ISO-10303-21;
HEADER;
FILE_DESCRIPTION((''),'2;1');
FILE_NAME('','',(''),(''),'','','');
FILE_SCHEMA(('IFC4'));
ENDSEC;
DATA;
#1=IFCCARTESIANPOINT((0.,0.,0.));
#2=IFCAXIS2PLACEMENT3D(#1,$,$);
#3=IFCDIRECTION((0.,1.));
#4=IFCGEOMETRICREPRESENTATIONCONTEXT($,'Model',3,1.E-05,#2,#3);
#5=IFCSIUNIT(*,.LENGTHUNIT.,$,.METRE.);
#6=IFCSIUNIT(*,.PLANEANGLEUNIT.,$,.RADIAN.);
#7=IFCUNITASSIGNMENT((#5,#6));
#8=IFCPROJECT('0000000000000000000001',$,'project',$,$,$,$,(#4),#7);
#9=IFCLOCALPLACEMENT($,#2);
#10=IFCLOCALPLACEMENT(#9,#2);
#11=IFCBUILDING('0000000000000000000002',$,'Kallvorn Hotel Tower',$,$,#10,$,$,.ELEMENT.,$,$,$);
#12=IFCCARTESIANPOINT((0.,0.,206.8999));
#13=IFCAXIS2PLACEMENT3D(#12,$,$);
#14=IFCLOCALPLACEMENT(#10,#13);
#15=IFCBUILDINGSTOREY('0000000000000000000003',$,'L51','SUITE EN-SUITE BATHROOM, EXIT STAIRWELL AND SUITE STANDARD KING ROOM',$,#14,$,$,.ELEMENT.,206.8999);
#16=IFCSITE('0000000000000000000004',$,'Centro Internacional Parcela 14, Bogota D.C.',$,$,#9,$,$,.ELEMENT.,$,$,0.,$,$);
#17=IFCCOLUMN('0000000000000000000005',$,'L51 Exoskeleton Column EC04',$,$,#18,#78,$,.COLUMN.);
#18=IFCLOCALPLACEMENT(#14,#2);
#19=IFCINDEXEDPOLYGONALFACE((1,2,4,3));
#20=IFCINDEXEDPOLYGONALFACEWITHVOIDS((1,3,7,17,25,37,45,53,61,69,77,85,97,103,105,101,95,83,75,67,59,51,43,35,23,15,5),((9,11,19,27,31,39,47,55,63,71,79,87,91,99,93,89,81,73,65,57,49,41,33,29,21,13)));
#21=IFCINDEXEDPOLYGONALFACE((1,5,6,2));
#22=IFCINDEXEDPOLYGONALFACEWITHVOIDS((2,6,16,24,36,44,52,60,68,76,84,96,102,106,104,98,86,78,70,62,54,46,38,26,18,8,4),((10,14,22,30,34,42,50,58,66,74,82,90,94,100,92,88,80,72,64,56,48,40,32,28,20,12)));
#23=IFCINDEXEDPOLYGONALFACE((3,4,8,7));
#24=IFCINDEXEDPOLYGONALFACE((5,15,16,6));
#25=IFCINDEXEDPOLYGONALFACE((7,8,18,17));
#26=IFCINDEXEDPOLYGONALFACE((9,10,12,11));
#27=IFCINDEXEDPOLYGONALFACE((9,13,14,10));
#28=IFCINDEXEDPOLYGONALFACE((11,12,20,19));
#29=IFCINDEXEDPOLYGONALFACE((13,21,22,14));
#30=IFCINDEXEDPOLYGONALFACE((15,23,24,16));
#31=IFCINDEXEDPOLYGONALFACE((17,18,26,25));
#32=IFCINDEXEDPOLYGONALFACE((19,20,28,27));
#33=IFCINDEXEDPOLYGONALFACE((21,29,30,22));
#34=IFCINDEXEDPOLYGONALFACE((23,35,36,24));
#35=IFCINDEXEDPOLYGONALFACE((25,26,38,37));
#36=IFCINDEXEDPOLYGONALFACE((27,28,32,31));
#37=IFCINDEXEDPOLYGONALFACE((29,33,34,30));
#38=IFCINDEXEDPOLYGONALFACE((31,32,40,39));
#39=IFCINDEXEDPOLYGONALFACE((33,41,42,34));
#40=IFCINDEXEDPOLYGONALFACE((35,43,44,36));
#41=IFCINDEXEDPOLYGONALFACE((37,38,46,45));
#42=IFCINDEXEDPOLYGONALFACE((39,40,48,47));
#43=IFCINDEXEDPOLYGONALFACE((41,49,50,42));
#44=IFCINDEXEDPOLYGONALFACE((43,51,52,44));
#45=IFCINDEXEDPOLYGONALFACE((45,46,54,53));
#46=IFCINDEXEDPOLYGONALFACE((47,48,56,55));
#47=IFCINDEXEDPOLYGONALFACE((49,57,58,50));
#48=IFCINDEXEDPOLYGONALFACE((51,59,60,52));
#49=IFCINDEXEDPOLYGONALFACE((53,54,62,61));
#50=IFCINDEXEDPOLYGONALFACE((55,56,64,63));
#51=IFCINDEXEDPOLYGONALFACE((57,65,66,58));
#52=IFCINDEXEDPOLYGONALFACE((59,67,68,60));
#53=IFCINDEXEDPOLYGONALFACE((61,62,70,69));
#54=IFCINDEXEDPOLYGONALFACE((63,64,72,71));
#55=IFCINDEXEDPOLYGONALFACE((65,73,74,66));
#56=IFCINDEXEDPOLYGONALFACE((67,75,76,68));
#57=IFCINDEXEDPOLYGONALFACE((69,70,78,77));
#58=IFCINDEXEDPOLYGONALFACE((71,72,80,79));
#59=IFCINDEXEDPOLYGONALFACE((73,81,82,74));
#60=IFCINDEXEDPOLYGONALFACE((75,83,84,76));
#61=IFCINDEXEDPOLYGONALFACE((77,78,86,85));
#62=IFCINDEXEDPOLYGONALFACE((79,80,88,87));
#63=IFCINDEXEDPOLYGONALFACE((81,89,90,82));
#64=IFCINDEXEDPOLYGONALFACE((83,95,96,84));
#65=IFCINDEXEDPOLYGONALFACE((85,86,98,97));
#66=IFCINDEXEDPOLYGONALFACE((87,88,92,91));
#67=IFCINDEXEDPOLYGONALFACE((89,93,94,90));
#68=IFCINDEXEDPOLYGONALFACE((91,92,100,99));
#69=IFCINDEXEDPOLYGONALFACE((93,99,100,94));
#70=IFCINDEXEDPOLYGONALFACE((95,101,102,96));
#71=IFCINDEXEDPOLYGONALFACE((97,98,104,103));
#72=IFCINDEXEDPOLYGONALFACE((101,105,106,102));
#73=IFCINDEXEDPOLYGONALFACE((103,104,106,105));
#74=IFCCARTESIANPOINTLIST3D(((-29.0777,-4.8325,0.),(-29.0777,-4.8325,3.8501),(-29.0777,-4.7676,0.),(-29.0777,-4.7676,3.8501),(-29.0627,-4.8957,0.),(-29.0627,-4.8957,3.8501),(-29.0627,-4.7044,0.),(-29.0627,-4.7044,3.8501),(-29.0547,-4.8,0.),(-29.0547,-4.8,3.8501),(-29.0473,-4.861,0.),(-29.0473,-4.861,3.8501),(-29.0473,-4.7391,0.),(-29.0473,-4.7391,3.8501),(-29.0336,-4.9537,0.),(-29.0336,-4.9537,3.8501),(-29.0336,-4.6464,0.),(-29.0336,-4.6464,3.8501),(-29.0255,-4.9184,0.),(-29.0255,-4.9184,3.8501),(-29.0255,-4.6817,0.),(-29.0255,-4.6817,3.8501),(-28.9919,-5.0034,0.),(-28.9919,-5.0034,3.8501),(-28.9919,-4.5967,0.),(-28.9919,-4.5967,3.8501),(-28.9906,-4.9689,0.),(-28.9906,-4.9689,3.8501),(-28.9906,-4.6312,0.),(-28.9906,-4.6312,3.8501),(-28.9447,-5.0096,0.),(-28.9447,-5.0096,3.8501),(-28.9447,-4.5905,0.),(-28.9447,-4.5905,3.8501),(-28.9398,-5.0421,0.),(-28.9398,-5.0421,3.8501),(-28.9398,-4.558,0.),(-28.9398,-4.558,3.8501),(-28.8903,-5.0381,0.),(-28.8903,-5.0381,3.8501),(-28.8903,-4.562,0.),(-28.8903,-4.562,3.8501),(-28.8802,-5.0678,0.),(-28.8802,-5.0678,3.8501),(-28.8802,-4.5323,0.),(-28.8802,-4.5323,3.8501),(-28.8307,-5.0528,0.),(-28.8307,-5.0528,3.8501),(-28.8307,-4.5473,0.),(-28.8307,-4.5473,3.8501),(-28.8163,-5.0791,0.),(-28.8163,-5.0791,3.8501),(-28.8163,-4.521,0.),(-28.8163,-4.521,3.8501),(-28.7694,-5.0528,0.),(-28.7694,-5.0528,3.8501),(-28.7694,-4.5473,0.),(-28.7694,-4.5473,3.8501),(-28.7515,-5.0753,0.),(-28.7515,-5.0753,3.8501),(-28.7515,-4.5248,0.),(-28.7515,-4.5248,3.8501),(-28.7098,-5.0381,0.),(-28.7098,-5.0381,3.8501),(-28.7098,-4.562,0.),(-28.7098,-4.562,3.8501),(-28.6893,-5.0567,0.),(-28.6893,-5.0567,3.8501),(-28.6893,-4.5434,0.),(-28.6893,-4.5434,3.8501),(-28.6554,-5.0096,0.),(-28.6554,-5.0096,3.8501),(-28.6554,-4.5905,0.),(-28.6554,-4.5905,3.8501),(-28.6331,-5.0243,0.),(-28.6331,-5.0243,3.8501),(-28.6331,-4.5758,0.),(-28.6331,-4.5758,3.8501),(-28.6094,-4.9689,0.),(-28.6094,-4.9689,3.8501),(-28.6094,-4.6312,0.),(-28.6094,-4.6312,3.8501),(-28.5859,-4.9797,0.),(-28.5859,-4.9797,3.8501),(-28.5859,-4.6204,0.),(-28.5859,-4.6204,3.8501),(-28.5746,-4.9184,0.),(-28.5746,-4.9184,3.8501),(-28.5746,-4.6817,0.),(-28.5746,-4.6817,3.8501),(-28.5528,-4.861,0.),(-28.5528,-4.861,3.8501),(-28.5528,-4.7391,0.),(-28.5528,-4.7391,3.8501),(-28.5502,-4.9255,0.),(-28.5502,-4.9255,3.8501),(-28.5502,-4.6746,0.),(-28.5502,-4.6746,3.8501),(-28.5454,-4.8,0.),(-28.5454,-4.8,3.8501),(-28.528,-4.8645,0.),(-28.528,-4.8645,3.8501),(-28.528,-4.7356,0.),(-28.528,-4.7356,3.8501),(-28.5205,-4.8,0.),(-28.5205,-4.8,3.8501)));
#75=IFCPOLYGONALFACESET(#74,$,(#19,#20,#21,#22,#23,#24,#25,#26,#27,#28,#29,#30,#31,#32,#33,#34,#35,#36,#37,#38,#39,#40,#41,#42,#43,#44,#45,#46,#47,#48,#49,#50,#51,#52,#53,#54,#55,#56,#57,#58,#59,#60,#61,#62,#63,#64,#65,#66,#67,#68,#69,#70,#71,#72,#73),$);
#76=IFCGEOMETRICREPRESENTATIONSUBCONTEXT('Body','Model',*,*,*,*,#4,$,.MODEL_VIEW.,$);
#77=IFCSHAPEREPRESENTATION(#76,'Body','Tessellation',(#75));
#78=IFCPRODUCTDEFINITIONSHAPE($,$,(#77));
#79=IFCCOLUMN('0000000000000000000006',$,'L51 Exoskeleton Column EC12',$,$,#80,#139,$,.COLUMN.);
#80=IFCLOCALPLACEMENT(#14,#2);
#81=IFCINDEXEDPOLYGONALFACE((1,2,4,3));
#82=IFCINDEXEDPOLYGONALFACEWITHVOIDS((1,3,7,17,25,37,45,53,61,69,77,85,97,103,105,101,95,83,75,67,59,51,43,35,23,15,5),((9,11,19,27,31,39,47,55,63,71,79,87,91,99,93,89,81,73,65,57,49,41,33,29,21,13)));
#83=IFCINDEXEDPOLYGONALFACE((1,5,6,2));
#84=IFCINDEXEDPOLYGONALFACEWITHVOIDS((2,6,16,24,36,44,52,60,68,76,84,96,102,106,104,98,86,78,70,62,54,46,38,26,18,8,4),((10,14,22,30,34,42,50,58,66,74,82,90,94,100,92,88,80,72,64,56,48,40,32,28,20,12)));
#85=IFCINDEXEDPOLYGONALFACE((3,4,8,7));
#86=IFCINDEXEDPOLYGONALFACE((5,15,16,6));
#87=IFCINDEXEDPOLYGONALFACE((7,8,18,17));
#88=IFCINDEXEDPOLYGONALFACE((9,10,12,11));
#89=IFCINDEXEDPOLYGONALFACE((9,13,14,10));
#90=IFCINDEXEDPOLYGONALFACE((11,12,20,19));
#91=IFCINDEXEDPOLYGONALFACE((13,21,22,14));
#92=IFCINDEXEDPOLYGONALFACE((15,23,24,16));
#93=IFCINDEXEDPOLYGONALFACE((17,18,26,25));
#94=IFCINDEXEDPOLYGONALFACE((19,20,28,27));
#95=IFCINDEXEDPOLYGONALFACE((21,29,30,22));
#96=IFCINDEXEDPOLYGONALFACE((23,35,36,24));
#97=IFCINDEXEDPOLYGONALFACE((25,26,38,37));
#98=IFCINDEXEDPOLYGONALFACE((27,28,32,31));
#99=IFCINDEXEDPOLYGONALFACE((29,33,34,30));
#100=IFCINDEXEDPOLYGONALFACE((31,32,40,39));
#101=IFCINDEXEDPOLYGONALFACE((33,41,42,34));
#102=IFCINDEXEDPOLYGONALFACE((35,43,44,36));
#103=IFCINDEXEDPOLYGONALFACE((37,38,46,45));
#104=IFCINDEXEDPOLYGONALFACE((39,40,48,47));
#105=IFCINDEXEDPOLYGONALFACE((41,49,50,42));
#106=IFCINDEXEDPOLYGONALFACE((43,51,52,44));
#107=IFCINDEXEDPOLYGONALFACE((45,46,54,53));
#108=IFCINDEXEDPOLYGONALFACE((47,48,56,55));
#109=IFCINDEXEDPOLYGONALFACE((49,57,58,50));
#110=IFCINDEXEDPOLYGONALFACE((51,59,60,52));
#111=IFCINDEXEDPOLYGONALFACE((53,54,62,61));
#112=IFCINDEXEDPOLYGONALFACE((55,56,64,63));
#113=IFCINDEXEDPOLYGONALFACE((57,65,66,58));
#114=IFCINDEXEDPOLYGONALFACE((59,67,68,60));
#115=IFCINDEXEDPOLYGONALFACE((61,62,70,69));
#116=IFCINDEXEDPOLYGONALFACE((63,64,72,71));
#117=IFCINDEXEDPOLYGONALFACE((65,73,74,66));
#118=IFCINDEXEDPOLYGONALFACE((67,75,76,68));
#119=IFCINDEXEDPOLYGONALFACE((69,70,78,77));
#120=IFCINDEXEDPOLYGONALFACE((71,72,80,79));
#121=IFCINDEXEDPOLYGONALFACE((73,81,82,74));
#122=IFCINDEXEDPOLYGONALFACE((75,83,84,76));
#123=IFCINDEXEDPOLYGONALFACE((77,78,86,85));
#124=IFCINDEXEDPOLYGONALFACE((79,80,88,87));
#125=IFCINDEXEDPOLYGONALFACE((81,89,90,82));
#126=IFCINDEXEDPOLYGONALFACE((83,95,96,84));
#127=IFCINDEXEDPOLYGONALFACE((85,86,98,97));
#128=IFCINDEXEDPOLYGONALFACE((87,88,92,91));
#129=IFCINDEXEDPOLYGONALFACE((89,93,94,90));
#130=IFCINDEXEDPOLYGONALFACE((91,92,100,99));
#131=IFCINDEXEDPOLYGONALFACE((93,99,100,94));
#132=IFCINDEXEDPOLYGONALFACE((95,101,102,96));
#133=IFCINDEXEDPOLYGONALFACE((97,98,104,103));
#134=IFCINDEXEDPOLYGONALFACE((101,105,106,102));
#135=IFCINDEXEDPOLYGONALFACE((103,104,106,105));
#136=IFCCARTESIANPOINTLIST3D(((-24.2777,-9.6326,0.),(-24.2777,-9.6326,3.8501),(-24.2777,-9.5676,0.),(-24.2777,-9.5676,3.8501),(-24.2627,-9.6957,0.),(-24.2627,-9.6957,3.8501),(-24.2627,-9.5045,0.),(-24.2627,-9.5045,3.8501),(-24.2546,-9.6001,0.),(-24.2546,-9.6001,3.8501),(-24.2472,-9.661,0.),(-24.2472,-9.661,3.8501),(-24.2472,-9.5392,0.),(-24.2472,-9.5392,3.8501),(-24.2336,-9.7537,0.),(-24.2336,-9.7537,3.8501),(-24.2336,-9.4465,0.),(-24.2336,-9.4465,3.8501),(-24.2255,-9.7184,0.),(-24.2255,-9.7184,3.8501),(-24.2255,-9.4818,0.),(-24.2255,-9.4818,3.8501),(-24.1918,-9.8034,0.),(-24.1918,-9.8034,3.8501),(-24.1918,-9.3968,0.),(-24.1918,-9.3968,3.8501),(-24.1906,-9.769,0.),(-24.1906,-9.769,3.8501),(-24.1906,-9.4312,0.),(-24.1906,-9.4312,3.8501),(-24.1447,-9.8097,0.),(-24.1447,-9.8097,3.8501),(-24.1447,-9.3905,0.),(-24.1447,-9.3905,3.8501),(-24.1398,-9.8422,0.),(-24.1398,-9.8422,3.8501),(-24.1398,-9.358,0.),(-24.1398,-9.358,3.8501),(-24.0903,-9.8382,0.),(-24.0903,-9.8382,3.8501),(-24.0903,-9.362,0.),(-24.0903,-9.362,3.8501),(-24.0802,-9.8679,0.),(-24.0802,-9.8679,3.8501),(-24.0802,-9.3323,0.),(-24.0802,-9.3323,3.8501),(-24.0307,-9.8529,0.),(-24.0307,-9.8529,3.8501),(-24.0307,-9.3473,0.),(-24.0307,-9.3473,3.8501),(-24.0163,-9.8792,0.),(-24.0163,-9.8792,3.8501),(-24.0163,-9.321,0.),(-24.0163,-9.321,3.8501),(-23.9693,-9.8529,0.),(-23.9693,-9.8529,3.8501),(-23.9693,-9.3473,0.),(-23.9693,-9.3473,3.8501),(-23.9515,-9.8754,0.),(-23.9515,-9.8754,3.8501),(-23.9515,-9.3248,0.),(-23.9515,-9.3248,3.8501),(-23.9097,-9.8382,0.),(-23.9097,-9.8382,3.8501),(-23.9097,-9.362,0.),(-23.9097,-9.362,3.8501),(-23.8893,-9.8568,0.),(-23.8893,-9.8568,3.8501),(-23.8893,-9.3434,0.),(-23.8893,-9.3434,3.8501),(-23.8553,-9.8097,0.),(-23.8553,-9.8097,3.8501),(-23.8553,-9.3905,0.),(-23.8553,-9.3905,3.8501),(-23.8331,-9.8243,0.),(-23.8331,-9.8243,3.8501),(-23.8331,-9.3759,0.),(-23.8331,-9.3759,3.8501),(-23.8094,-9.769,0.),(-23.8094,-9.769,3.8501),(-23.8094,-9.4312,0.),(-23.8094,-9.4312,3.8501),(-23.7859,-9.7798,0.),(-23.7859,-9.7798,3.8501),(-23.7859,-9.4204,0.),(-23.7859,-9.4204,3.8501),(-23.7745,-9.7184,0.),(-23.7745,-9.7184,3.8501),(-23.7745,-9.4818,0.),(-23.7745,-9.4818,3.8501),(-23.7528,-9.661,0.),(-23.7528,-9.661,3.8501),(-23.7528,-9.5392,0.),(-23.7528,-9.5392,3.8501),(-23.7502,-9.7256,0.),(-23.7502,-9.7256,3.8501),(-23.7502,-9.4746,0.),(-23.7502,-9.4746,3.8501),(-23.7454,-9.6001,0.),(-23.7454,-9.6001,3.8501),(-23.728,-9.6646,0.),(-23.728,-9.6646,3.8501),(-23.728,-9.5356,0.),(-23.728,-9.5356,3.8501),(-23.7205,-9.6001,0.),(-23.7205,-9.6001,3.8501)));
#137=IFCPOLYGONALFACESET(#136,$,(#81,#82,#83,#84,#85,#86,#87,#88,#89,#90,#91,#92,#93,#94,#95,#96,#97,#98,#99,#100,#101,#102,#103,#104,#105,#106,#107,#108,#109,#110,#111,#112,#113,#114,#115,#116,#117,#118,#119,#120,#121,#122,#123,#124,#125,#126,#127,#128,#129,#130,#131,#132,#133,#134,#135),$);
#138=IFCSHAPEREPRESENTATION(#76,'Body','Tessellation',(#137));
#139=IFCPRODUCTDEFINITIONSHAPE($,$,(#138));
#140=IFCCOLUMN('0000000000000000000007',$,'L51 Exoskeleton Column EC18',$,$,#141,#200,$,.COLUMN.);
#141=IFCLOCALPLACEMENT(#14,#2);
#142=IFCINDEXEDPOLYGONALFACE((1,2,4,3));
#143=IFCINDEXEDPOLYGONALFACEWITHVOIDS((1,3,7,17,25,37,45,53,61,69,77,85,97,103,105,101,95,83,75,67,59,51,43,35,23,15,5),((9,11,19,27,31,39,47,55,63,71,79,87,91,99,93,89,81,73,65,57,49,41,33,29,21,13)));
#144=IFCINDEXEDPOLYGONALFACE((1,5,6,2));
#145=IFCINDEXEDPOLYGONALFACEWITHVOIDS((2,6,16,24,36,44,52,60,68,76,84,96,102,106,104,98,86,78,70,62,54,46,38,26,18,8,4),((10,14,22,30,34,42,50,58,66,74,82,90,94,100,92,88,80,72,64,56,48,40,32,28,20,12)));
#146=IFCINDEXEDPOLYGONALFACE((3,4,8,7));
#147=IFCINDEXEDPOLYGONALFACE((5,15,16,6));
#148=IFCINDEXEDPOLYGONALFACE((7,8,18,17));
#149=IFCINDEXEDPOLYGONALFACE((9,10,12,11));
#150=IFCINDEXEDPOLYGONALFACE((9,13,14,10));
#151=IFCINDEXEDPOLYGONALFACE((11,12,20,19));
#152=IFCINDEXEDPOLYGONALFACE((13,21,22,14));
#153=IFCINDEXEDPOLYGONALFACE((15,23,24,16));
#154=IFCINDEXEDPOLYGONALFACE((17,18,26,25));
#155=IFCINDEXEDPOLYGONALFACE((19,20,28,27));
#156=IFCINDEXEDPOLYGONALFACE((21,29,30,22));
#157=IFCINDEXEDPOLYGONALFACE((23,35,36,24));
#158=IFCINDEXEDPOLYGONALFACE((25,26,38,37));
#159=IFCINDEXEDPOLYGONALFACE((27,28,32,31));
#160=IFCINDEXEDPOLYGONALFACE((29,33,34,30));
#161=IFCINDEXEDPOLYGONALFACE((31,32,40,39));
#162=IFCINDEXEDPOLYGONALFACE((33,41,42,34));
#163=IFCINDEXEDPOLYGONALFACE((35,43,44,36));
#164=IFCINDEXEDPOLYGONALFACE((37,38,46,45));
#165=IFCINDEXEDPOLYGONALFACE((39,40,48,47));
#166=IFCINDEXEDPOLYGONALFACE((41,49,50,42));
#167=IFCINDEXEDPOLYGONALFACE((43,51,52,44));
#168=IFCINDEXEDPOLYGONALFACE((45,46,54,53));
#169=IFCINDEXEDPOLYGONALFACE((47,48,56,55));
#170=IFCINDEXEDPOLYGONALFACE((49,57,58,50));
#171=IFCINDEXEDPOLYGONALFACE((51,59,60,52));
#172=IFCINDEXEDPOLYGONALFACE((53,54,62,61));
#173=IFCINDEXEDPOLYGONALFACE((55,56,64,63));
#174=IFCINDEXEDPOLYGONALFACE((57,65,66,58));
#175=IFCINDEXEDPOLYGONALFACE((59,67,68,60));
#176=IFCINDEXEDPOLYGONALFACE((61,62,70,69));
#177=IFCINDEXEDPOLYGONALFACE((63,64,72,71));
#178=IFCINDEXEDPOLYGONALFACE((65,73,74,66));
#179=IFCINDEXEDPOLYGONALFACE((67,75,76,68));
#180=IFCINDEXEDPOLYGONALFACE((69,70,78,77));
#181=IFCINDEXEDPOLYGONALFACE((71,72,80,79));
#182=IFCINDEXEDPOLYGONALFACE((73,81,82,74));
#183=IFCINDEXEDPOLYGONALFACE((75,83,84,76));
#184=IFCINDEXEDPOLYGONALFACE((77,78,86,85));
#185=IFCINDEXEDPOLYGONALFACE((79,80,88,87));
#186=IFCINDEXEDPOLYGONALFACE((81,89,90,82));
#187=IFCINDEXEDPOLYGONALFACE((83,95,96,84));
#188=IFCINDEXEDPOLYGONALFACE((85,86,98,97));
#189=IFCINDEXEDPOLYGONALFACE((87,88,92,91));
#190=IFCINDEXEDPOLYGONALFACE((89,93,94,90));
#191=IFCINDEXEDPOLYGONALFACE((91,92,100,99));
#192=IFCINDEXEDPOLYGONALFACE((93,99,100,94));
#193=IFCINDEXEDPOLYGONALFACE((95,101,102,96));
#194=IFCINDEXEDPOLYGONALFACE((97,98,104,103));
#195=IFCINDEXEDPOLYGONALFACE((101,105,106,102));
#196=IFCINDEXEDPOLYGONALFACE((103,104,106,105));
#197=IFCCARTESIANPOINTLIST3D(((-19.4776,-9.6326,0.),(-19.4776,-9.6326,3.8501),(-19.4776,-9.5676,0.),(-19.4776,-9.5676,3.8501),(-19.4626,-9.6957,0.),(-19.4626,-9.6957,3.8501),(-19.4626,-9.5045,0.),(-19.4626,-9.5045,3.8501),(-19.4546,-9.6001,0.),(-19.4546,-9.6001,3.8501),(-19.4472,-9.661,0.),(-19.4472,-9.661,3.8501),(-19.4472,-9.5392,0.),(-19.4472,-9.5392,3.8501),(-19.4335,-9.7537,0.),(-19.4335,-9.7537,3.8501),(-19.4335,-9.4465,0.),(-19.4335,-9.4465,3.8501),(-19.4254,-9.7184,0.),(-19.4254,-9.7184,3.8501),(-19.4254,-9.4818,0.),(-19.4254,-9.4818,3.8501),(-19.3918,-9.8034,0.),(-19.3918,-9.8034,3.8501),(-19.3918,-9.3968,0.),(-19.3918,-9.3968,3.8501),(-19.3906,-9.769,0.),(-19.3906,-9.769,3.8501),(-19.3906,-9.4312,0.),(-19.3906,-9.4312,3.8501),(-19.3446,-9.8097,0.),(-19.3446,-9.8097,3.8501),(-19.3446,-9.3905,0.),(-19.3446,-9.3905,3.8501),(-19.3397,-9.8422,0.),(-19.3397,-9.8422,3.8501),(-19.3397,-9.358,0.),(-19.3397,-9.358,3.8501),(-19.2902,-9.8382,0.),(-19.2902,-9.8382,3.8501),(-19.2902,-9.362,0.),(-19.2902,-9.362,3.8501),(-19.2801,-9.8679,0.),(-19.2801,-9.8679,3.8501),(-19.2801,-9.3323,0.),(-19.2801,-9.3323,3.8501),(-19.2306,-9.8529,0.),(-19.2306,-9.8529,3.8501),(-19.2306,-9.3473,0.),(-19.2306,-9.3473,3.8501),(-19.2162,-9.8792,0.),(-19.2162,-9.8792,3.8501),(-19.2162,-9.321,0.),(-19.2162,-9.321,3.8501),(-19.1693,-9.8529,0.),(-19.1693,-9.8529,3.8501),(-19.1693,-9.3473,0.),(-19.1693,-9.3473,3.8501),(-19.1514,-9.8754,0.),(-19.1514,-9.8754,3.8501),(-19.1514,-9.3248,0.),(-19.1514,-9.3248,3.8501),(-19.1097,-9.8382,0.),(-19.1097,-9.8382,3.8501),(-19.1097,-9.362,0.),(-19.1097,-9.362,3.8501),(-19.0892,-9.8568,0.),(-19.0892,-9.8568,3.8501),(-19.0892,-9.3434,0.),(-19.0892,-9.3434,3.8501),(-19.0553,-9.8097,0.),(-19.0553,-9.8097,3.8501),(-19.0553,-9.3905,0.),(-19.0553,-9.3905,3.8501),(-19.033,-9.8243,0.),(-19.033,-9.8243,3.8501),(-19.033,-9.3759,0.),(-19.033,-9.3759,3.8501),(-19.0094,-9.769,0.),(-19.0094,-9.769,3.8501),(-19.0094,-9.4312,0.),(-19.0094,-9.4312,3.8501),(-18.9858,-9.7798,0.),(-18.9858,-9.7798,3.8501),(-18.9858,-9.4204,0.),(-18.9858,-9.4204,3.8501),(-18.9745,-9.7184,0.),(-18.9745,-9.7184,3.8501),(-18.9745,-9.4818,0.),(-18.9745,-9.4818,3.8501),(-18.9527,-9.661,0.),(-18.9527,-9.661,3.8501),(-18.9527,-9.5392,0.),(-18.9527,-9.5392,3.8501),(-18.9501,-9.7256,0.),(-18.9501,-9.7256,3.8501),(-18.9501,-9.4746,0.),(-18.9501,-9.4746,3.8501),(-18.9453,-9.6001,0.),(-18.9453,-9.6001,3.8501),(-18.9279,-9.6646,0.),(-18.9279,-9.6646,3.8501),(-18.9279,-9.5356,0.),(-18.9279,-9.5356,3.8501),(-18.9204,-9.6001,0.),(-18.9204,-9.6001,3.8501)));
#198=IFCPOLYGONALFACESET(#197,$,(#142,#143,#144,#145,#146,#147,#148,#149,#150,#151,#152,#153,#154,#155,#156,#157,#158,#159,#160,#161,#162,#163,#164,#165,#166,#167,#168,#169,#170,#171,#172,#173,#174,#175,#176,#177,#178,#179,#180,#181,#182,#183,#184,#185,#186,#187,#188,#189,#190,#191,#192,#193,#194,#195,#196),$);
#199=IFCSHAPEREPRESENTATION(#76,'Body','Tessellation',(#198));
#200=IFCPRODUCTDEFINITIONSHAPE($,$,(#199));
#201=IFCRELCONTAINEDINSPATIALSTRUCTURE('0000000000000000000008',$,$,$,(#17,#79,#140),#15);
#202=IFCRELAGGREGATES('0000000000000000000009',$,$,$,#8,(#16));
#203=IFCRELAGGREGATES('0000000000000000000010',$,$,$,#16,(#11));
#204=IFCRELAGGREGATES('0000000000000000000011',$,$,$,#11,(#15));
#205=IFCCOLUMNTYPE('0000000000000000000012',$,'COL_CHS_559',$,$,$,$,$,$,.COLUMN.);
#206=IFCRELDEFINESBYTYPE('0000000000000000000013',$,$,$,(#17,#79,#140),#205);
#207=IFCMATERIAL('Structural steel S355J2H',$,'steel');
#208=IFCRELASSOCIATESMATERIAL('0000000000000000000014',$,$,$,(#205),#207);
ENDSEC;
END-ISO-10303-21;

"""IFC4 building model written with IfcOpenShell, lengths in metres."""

from ifc_helpers import new_model, si_unit, direction, frame, origin, origin_2d, place, context, subcontext, project, spatial, hollow_circle, extrude, material, material_profile, profile_set, type_object, element, save


model = new_model("IFC4")

# Units and contexts
model_context = context("Model", 3, precision=1e-05, world=origin(), true_north=direction((0.0, 1.0)))
body_context = subcontext(model_context, "Body", "Model", "MODEL_VIEW")
ifc_project = project(units=[si_unit("LENGTHUNIT", "METRE"), si_unit("PLANEANGLEUNIT", "RADIAN")], contexts=[model_context])

# Site, building, storey
site_placement = place(None, origin())
site = spatial("IfcSite", under=ifc_project, at=site_placement, Name="Centro Internacional Parcela 14, Bogota D.C.", CompositionType="ELEMENT", RefElevation=0.0)
building_placement = place(site_placement, origin())
building = spatial("IfcBuilding", under=site, at=building_placement, Name="Kallvorn Hotel Tower", CompositionType="ELEMENT")
storey_placement = place(building_placement, frame((0.0, 0.0, 206.8999)))
storey = spatial("IfcBuildingStorey", under=building, at=storey_placement, Name="L51", Description="SUITE EN-SUITE BATHROOM, EXIT STAIRWELL AND SUITE STANDARD KING ROOM", CompositionType="ELEMENT", Elevation=206.8999)

# Columns
ifc_material_1 = material(Name="Structural steel S355J2H", Category="steel")
ifc_material_profile_1 = material_profile(ifc_material_1, hollow_circle(Radius=0.2795, WallThickness=0.0249, at=origin_2d()), Name="CHS 559x25")
ifc_profile_set_1 = profile_set([ifc_material_profile_1], Name="Structural steel S355J2H")
column_type_1 = type_object("IfcColumnType", Name="COL_CHS_559", PredefinedType="COLUMN", material=ifc_profile_set_1)
for number, where, z_axis, x_axis, name in (
    (1, (-28.8, -4.8, 0.0), (0.0, 0.0, 1.0), (1.0, 0.0, 0.0), "L51 Exoskeleton Column EC04"),
    (2, (-24.0, -9.6001, 0.0), (0.0, 0.0, 1.0), (1.0, 0.0, 0.0), "L51 Exoskeleton Column EC12"),
    (3, (-19.2, -9.6001, 0.0), (0.0, 0.0, 1.0), (1.0, 0.0, 0.0), "L51 Exoskeleton Column EC18"),
):
    element("IfcColumn", number, at=place(storey_placement, frame(where, z_axis=z_axis, x_axis=x_axis)), inside=storey, type_object=column_type_1, Name=name, PredefinedType="COLUMN", context=body_context, shape_type="SweptSolid", body=[
        extrude(hollow_circle(Radius=0.2795, WallThickness=0.0249, at=origin_2d()), origin(), (0.0, 0.0, 1.0), 3.8501),
    ])

save(model, "model.ifc")
